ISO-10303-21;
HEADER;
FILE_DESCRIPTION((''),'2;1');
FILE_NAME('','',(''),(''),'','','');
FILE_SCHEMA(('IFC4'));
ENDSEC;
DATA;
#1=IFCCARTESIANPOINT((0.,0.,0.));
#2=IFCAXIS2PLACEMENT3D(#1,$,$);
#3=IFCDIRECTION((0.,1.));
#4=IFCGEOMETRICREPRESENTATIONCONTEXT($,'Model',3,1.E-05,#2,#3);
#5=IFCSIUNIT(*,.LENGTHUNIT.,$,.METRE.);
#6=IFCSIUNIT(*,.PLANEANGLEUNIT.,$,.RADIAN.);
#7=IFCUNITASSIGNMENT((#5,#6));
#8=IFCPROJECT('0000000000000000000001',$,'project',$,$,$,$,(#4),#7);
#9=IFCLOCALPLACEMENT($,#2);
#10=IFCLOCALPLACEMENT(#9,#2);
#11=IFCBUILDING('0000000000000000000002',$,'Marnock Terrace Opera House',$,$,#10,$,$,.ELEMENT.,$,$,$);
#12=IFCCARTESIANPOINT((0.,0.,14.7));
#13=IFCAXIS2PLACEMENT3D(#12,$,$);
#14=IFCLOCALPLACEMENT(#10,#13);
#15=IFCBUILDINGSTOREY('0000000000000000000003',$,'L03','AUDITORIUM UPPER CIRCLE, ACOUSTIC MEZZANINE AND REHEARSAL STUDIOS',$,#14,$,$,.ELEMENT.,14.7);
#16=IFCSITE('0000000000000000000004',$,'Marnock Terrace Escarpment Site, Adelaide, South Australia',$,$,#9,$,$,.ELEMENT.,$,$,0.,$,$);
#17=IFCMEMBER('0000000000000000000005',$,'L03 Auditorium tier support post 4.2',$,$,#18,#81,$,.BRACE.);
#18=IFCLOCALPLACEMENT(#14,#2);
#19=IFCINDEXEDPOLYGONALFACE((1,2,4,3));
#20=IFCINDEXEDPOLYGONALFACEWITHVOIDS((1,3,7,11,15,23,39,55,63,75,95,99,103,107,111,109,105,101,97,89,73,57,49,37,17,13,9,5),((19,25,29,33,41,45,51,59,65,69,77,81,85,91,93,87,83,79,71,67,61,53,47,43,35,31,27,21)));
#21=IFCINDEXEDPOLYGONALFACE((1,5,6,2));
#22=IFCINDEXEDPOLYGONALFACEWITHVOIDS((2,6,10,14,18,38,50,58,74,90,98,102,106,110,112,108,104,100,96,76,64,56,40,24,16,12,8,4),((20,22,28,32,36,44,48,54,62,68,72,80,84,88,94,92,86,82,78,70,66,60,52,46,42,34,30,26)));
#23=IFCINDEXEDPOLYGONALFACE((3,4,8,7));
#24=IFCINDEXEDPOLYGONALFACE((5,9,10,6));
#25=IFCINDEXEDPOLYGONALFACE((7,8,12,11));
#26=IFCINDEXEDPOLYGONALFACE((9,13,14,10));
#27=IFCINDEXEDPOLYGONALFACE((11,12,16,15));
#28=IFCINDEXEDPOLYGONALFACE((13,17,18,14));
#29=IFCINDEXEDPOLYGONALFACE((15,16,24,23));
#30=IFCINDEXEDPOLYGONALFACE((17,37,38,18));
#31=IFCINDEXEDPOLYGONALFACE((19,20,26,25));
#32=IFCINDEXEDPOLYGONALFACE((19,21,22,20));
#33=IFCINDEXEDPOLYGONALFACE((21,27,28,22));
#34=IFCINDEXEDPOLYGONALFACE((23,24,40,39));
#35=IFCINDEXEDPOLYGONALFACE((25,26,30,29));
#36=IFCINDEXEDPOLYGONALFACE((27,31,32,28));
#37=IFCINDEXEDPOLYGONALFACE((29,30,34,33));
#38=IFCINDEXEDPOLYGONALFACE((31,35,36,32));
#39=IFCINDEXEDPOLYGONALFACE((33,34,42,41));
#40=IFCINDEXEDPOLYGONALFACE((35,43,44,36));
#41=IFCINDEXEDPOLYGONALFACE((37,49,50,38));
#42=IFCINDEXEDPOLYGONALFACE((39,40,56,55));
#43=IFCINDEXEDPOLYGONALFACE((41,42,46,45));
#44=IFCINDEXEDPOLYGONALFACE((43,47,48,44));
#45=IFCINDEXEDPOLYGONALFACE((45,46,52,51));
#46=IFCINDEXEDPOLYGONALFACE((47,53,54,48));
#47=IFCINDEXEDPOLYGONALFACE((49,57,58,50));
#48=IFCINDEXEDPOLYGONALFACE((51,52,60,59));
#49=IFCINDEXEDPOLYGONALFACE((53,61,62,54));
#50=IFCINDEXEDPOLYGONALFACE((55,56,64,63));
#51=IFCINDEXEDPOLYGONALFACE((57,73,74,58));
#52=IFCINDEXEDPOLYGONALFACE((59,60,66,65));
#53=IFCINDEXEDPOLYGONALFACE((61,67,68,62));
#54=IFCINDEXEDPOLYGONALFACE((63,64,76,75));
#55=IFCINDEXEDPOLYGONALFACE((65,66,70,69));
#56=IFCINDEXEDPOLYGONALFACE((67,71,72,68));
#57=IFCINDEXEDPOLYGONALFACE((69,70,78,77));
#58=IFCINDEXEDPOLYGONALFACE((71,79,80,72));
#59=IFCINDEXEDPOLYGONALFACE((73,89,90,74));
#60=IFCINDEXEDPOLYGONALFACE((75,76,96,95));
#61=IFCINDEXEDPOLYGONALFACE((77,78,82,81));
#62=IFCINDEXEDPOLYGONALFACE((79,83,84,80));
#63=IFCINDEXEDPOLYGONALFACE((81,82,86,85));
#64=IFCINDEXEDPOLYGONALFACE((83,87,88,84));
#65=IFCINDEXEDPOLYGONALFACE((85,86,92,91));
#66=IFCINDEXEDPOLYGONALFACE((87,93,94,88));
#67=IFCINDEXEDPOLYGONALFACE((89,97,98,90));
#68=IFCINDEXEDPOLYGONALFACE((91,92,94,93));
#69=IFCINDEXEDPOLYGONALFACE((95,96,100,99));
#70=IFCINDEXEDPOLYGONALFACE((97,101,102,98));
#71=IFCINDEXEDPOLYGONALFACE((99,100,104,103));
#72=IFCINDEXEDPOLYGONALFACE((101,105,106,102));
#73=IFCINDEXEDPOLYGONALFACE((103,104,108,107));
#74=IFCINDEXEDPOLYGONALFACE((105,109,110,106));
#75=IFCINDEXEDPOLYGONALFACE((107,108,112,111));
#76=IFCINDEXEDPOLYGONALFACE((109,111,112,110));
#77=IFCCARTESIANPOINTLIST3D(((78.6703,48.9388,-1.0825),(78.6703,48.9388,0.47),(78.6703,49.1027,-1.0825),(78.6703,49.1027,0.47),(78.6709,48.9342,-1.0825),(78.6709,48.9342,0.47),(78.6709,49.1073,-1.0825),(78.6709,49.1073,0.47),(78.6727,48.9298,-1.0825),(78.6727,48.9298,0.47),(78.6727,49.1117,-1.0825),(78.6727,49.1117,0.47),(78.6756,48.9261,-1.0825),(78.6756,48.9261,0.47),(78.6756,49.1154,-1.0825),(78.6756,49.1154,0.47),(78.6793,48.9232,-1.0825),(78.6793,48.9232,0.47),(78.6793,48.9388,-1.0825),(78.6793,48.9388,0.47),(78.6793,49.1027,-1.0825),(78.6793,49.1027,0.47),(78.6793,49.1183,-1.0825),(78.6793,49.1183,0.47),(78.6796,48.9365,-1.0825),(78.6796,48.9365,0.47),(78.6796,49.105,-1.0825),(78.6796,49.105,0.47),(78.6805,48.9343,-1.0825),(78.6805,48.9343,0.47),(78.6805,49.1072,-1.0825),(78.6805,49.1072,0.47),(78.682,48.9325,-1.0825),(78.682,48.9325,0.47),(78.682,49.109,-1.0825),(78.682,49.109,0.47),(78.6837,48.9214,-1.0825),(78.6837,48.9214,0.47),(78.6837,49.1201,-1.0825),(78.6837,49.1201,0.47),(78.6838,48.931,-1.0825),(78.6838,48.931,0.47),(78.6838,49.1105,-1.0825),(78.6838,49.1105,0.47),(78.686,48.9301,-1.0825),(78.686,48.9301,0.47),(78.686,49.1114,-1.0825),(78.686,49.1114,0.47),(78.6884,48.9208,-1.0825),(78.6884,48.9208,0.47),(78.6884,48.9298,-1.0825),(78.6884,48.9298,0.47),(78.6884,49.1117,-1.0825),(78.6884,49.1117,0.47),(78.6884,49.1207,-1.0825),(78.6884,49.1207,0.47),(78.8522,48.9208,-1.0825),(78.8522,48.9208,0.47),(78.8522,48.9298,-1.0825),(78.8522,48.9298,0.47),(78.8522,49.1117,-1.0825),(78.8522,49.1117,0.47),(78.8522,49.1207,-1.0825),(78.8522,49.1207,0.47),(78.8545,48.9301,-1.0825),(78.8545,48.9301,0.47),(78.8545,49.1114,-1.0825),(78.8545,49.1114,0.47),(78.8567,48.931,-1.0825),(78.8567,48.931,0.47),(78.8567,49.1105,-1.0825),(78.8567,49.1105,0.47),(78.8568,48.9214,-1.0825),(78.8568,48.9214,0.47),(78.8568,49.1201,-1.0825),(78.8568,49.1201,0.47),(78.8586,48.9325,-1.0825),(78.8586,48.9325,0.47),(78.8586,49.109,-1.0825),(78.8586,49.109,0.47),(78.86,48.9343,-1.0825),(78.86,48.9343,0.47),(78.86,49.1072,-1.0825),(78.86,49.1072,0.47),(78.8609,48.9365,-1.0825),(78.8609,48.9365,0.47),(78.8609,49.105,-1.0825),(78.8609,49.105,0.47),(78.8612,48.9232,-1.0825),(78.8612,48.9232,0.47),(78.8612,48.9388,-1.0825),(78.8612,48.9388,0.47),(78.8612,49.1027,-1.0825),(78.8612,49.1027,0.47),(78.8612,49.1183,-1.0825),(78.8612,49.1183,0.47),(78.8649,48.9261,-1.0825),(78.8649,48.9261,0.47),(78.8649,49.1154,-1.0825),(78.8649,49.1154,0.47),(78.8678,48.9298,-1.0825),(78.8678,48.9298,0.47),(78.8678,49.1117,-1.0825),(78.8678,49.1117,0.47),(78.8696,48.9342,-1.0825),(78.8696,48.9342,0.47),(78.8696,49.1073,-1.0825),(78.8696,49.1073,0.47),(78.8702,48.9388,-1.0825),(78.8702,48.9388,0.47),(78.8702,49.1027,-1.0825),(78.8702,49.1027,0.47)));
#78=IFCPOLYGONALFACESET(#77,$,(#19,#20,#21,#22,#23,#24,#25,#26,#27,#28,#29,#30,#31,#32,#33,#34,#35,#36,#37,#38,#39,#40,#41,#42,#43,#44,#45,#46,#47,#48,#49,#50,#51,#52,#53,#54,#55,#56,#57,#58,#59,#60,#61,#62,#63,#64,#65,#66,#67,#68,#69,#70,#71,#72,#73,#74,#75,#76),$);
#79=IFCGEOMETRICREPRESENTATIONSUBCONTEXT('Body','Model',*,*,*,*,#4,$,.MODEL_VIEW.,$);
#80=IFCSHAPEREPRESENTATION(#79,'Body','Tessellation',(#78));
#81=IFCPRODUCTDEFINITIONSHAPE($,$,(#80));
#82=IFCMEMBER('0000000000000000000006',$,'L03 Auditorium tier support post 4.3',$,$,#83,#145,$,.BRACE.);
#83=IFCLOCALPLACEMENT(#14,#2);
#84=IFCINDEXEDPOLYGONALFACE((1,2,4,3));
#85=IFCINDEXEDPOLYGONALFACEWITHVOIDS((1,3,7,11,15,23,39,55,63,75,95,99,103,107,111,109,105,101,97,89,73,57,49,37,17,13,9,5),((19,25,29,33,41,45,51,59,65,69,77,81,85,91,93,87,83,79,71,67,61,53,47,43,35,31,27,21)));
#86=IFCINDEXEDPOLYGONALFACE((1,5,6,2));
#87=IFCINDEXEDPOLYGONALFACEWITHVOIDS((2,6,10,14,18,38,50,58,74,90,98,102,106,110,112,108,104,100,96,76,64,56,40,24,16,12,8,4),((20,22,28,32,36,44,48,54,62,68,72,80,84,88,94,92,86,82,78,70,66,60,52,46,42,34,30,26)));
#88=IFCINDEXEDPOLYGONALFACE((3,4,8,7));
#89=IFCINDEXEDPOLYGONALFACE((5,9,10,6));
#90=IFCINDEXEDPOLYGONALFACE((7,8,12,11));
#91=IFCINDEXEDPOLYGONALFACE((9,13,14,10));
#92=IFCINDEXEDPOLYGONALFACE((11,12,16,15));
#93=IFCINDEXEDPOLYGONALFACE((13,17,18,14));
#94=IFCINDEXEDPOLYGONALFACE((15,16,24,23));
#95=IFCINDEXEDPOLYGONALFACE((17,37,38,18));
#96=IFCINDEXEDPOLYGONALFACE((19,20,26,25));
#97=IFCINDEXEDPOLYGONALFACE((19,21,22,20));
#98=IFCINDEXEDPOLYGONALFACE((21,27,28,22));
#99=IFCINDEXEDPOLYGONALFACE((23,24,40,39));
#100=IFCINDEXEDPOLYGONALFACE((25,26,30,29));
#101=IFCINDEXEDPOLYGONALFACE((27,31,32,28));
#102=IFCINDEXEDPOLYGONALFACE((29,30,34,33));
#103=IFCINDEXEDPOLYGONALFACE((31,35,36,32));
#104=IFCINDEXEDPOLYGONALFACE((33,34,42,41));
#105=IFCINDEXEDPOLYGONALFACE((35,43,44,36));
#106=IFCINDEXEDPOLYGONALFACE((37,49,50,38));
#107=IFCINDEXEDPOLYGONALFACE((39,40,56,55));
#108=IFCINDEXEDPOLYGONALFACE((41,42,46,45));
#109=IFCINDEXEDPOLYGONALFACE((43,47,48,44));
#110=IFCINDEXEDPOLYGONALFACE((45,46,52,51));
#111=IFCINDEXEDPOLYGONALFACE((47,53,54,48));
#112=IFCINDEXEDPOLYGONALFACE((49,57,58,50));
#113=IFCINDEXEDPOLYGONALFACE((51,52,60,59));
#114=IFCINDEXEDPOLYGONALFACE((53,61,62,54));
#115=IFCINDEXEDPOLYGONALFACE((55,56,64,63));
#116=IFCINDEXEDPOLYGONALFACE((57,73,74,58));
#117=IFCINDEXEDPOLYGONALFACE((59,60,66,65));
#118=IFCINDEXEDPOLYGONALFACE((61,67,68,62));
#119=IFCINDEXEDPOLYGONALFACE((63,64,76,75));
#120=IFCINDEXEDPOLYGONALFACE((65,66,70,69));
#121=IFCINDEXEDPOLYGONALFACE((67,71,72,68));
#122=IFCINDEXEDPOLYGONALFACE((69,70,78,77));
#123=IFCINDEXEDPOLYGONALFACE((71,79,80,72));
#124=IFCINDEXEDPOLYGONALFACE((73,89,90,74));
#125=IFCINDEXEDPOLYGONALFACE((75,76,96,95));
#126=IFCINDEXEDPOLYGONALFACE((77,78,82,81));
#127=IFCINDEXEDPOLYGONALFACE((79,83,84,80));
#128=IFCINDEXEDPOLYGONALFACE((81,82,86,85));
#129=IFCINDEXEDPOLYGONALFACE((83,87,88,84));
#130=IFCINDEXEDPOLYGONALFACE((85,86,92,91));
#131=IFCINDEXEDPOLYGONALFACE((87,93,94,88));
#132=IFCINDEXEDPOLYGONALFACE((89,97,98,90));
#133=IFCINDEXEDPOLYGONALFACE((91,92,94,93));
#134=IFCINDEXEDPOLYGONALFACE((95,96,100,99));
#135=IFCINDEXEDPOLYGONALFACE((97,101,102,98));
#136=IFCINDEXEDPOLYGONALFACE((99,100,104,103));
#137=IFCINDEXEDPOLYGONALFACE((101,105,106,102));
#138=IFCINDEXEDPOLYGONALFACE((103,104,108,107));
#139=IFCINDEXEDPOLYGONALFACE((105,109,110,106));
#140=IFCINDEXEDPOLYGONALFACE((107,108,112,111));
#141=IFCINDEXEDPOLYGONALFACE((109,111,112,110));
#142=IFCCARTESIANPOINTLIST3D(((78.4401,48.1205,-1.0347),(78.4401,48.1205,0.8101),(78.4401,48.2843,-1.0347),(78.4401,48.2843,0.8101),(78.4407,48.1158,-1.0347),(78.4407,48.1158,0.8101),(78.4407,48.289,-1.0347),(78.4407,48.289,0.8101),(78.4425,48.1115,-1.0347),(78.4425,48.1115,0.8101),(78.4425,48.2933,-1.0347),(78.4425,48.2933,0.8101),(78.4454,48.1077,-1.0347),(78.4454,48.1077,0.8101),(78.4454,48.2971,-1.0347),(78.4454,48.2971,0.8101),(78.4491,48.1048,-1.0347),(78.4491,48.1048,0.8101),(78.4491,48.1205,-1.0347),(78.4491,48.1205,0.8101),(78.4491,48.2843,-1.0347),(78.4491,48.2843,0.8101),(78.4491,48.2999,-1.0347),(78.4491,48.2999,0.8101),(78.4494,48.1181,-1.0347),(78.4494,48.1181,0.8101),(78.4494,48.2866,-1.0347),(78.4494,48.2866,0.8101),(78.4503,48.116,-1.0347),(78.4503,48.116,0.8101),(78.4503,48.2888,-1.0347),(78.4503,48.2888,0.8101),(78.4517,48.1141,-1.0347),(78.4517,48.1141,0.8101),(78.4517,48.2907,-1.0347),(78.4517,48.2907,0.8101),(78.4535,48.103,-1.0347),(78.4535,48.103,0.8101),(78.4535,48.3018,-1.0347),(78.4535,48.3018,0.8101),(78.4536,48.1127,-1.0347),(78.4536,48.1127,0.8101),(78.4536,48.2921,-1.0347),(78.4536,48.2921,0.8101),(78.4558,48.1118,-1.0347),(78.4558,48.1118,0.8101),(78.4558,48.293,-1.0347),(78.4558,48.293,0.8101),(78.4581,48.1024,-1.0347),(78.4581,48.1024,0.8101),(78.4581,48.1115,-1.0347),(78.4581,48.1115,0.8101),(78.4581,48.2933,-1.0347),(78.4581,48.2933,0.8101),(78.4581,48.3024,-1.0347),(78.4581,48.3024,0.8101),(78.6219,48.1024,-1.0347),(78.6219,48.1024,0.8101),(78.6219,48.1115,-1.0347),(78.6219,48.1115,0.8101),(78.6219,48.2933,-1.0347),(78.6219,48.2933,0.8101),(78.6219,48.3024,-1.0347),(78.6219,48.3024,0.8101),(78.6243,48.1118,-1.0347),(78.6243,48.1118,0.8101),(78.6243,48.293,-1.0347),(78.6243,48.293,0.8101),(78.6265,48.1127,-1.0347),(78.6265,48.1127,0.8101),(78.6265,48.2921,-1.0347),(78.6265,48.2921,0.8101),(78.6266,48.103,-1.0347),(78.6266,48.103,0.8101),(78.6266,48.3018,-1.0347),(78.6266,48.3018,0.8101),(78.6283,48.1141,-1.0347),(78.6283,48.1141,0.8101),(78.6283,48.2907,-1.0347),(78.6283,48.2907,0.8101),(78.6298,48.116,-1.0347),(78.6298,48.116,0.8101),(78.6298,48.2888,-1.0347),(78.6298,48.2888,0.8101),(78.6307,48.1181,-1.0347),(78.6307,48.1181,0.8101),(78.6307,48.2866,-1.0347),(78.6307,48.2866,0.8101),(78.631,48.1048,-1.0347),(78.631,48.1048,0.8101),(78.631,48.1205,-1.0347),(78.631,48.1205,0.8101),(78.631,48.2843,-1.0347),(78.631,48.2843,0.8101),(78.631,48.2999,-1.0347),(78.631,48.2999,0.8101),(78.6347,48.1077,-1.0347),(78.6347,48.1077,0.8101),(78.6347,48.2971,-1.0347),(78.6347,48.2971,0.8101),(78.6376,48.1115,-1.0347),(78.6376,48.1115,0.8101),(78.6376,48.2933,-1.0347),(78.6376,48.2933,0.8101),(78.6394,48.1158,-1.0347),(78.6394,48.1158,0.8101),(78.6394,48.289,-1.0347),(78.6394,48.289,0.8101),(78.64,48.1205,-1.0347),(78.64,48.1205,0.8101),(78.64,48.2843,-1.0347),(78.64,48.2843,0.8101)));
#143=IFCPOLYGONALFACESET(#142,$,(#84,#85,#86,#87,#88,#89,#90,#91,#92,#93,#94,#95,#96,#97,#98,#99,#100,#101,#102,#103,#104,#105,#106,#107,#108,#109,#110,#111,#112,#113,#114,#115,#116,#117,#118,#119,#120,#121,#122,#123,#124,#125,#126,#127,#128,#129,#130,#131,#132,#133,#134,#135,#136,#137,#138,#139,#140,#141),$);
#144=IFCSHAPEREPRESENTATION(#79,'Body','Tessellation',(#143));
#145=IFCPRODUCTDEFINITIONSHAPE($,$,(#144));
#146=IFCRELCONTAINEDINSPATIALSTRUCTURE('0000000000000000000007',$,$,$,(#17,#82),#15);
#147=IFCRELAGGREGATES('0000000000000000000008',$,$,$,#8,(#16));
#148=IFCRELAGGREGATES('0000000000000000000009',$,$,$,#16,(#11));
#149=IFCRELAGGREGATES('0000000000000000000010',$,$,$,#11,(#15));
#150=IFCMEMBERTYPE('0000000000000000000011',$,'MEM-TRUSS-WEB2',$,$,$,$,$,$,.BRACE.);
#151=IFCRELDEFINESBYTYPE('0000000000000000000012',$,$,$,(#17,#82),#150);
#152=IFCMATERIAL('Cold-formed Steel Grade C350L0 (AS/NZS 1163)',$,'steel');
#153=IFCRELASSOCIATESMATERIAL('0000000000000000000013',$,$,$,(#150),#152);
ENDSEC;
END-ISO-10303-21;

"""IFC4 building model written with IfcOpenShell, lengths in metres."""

from ifc_helpers import new_model, si_unit, direction, frame, origin, origin_2d, place, context, subcontext, project, spatial, hollow_rectangle, extrude, material, material_profile, profile_set, type_object, element, save


model = new_model("IFC4")

# Units and contexts
model_context = context("Model", 3, precision=1e-05, world=origin(), true_north=direction((0.0, 1.0)))
body_context = subcontext(model_context, "Body", "Model", "MODEL_VIEW")
ifc_project = project(units=[si_unit("LENGTHUNIT", "METRE"), si_unit("PLANEANGLEUNIT", "RADIAN")], contexts=[model_context])

# Site, building, storey
site_placement = place(None, origin())
site = spatial("IfcSite", under=ifc_project, at=site_placement, Name="Marnock Terrace Escarpment Site, Adelaide, South Australia", CompositionType="ELEMENT", RefElevation=0.0)
building_placement = place(site_placement, origin())
building = spatial("IfcBuilding", under=site, at=building_placement, Name="Marnock Terrace Opera House", CompositionType="ELEMENT")
storey_placement = place(building_placement, frame((0.0, 0.0, 14.7)))
storey = spatial("IfcBuildingStorey", under=building, at=storey_placement, Name="L03", Description="AUDITORIUM UPPER CIRCLE, ACOUSTIC MEZZANINE AND REHEARSAL STUDIOS", CompositionType="ELEMENT", Elevation=14.7)

# Members
ifc_material_1 = material(Name="Cold-formed Steel Grade C350L0 (AS/NZS 1163)", Category="steel")
ifc_material_profile_1 = material_profile(ifc_material_1, hollow_rectangle(XDim=0.2, YDim=0.2, WallThickness=0.009, InnerFilletRadius=0.009, OuterFilletRadius=0.0181, at=origin_2d()))
ifc_profile_set_1 = profile_set([ifc_material_profile_1], Name="Cold-formed Steel Grade C350L0 (AS/NZS 1163)")
member_type = type_object("IfcMemberType", Name="MEM-TRUSS-WEB2", PredefinedType="BRACE", material=ifc_profile_set_1)
member_1_placement = place(storey_placement, frame((78.7703, 49.0208, -1.0825), z_axis=(0.0, 0.0, 1.0), x_axis=(1.0, 0.0, 0.0)))
element("IfcMember", 1, at=member_1_placement, inside=storey, type_object=member_type, Name="L03 Auditorium tier support post 4.2", PredefinedType="BRACE", context=body_context, shape_type="SweptSolid", body=[
    extrude(hollow_rectangle(XDim=0.2, YDim=0.2, WallThickness=0.009, InnerFilletRadius=0.009, OuterFilletRadius=0.0181, at=origin_2d()), origin(), (0.0, 0.0, 1.0), 1.5525),
])
member_2_placement = place(storey_placement, frame((78.54, 48.2024, -1.0347), z_axis=(0.0, 0.0, 1.0), x_axis=(1.0, 0.0, 0.0)))
element("IfcMember", 2, at=member_2_placement, inside=storey, type_object=member_type, Name="L03 Auditorium tier support post 4.3", PredefinedType="BRACE", context=body_context, shape_type="SweptSolid", body=[
    extrude(hollow_rectangle(XDim=0.2, YDim=0.2, WallThickness=0.009, InnerFilletRadius=0.009, OuterFilletRadius=0.0181, at=origin_2d()), origin(), (0.0, 0.0, 1.0), 1.8447),
])

save(model, "model.ifc")
